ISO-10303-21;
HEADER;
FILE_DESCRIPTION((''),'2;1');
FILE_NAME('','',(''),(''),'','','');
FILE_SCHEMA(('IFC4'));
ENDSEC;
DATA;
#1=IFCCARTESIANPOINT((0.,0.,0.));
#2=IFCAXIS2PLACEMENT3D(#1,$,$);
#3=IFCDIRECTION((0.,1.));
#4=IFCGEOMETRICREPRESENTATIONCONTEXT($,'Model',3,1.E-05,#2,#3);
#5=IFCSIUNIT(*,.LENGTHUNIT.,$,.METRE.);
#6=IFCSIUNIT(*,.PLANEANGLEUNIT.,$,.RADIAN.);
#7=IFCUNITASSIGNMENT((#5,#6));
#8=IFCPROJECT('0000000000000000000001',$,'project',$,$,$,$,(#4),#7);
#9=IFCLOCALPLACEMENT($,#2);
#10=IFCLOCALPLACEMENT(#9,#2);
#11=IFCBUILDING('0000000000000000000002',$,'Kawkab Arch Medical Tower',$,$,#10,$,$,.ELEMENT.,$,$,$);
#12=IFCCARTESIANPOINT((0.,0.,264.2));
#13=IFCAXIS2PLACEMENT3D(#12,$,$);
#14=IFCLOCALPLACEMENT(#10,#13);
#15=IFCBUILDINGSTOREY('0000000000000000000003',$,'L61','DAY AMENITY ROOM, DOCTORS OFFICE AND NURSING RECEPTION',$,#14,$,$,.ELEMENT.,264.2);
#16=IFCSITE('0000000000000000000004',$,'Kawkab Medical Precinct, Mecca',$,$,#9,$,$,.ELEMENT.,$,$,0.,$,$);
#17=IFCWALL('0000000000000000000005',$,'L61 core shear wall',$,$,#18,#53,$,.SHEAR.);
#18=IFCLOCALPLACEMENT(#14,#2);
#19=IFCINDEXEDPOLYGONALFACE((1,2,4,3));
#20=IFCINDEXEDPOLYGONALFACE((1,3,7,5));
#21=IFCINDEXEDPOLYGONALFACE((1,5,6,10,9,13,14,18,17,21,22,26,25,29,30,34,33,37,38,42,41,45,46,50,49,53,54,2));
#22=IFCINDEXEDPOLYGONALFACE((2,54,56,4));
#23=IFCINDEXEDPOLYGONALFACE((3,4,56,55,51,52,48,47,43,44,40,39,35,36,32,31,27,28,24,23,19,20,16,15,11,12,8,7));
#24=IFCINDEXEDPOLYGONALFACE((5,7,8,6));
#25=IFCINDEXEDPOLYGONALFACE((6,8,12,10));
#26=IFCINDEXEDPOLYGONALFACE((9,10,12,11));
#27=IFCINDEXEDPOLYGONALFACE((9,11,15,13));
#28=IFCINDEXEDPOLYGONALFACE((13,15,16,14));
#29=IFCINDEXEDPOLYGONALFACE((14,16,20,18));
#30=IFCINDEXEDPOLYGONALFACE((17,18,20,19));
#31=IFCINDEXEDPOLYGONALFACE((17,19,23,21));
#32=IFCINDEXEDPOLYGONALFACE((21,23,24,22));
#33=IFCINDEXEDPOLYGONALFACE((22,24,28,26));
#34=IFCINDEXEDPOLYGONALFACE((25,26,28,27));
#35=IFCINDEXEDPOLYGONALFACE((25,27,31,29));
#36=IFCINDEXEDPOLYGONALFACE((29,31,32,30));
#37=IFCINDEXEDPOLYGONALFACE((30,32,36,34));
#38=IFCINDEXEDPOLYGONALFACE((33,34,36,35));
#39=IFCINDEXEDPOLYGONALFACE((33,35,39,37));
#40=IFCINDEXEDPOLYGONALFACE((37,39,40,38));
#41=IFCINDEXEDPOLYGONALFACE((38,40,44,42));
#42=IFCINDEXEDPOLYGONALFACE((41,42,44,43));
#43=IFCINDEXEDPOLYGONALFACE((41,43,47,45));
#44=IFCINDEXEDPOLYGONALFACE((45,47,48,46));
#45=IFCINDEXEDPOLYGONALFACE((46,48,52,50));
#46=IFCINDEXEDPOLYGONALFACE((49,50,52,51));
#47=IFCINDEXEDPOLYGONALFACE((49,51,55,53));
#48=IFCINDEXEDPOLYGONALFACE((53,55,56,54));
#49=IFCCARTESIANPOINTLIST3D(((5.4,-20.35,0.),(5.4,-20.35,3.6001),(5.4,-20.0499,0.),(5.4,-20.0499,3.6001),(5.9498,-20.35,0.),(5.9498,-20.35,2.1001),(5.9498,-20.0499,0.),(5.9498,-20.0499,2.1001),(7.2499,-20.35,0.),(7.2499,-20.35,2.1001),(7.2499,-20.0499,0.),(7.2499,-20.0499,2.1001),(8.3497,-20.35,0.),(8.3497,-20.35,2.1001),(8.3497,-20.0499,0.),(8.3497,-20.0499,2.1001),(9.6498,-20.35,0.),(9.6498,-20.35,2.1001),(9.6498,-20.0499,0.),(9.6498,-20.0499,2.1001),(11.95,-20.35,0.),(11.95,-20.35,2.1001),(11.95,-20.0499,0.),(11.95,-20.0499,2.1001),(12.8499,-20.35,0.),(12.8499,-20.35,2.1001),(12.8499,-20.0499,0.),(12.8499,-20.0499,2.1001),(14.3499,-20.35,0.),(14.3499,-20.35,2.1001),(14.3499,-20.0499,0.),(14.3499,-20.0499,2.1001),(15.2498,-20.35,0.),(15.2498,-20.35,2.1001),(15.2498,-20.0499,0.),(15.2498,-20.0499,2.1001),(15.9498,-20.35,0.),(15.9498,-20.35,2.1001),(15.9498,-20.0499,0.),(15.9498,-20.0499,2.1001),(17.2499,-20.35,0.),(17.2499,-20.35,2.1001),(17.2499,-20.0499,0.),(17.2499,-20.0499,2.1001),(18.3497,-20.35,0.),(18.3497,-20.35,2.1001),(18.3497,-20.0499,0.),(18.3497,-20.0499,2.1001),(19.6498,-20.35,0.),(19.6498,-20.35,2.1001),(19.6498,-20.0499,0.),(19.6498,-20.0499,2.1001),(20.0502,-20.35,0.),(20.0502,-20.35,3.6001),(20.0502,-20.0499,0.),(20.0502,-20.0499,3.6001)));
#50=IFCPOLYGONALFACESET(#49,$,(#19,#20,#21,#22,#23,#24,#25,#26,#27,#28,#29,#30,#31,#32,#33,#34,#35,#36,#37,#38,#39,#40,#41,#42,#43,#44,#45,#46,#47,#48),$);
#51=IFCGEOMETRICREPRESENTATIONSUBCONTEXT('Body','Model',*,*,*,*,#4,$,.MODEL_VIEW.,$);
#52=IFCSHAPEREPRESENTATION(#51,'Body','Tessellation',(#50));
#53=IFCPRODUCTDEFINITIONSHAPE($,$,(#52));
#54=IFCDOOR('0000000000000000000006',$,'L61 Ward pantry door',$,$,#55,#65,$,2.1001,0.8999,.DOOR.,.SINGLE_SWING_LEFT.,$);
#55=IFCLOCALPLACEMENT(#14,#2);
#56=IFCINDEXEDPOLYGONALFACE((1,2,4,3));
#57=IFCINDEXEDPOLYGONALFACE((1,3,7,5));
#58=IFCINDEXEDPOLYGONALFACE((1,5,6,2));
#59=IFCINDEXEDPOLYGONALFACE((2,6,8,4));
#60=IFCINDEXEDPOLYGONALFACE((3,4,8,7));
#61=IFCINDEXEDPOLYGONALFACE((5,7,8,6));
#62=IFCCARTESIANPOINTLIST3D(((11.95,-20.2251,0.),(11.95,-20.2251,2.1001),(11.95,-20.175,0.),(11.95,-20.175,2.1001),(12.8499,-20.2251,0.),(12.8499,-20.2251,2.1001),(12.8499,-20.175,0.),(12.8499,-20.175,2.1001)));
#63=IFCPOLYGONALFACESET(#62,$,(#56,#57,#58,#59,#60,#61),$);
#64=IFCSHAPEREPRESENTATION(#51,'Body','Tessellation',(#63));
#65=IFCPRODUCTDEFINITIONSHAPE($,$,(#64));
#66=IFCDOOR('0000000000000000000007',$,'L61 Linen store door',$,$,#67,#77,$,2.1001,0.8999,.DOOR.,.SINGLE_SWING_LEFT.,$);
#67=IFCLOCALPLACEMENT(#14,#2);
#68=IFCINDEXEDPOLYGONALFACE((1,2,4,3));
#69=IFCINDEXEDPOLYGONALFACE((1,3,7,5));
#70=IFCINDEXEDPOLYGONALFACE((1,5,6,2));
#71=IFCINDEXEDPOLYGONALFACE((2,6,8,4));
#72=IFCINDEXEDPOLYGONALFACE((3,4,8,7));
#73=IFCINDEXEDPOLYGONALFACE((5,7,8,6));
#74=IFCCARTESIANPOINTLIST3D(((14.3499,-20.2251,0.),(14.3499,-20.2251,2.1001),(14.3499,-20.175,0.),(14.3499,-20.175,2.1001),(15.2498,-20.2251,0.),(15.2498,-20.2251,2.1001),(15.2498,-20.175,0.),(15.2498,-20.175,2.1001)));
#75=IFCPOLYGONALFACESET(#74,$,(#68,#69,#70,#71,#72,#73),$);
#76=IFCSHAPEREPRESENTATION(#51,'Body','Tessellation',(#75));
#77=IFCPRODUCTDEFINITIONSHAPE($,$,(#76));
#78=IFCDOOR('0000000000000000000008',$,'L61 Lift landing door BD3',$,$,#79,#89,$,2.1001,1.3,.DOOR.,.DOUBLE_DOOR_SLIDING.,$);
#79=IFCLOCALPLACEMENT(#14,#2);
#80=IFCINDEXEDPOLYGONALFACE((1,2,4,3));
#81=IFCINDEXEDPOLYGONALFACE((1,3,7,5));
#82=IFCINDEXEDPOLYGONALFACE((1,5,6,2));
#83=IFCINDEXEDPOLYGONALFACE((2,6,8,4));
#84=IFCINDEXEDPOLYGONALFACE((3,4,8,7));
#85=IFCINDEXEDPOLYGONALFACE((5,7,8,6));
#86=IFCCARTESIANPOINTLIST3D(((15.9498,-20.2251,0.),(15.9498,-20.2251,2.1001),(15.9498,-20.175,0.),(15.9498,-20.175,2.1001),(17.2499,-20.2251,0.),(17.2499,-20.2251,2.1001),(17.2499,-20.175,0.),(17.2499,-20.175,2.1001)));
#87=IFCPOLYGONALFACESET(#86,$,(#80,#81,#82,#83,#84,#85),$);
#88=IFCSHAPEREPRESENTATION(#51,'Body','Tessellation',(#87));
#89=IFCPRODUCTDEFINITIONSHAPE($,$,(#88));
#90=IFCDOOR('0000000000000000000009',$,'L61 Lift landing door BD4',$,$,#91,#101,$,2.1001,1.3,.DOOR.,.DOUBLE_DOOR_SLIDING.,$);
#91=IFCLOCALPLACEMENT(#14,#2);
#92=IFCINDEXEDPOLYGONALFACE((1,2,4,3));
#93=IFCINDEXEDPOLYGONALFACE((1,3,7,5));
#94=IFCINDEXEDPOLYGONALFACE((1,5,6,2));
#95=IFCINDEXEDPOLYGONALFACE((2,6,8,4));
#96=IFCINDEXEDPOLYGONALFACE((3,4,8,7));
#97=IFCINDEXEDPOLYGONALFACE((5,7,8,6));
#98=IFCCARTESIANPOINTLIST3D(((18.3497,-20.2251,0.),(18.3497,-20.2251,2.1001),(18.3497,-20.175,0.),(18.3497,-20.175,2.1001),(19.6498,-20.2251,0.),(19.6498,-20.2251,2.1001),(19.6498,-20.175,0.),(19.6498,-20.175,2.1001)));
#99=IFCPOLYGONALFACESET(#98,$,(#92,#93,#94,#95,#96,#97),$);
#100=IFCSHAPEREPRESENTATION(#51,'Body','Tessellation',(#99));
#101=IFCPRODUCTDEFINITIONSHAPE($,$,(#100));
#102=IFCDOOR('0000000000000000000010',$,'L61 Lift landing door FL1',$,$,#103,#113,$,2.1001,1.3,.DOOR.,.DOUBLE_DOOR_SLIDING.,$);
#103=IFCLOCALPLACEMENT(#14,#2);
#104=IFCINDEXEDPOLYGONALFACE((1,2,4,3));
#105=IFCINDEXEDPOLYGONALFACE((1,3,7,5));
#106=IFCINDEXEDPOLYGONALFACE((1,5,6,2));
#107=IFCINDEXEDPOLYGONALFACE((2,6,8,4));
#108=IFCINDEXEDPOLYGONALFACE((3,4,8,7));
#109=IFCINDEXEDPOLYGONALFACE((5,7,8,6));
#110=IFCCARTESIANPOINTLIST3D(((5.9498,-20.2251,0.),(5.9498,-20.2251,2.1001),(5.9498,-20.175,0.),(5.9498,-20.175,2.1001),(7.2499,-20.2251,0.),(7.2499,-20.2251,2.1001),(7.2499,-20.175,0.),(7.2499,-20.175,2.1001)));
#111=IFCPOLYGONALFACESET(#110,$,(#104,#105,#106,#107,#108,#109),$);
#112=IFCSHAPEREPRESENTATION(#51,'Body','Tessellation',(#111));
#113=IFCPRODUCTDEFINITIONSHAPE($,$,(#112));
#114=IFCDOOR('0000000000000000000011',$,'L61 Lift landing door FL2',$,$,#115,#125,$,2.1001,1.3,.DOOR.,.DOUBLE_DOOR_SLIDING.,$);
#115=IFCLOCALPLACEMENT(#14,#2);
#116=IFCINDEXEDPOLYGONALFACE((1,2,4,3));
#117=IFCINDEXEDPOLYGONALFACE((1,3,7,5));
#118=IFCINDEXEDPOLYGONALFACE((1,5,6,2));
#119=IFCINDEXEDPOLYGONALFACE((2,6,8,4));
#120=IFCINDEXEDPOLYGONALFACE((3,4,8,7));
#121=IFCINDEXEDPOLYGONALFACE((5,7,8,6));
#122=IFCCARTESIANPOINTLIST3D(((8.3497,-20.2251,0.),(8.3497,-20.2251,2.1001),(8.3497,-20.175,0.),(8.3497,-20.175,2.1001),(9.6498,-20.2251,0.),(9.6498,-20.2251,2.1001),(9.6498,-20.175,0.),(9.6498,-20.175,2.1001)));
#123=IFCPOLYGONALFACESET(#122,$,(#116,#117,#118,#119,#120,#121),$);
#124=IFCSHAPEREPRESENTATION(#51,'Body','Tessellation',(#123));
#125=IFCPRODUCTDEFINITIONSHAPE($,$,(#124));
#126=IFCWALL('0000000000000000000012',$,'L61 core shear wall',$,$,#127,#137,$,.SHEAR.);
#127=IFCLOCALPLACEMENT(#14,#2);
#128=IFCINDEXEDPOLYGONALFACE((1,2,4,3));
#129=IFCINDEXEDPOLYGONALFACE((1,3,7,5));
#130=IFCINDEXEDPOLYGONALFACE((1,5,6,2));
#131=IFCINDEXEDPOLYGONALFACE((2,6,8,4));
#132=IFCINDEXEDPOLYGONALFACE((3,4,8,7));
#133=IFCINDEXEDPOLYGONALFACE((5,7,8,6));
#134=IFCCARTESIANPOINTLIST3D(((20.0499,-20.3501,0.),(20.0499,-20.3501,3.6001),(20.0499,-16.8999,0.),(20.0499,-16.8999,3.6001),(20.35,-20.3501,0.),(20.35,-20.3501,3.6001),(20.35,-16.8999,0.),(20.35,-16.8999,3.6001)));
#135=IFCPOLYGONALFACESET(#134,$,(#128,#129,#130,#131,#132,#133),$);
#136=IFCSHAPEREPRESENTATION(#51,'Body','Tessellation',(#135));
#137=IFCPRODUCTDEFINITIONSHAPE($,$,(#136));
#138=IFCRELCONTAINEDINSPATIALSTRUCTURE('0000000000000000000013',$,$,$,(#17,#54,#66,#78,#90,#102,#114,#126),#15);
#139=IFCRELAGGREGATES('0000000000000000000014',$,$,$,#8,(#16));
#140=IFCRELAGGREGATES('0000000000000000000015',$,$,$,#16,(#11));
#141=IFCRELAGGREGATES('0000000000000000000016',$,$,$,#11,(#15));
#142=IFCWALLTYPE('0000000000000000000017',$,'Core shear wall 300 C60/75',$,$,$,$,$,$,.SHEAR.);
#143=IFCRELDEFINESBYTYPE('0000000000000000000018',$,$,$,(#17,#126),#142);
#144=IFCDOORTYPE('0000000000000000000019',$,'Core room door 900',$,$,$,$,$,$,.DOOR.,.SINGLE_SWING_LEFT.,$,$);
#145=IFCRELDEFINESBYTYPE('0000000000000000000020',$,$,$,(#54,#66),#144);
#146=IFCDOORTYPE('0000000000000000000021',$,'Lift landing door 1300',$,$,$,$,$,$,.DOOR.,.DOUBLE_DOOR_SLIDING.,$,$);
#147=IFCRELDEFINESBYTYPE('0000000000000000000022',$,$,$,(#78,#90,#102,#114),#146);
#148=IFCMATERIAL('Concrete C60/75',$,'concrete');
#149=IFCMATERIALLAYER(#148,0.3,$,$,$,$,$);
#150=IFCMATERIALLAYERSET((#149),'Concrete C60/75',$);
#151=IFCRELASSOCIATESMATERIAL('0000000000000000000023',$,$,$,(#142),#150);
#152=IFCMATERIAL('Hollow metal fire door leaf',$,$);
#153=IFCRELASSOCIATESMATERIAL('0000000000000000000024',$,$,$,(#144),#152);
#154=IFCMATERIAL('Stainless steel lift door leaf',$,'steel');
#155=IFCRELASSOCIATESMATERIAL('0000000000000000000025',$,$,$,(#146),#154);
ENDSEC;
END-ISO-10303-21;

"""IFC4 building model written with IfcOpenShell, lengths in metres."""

from ifc_helpers import new_model, si_unit, direction, frame, frame_2d, origin, place, context, subcontext, project, spatial, rectangle, extrude, material, layer, layer_set, type_object, element, fill, save


model = new_model("IFC4")

# Units and contexts
model_context = context("Model", 3, precision=1e-05, world=origin(), true_north=direction((0.0, 1.0)))
body_context = subcontext(model_context, "Body", "Model", "MODEL_VIEW")
ifc_project = project(units=[si_unit("LENGTHUNIT", "METRE"), si_unit("PLANEANGLEUNIT", "RADIAN")], contexts=[model_context])

# Site, building, storey
site_placement = place(None, origin())
site = spatial("IfcSite", under=ifc_project, at=site_placement, Name="Kawkab Medical Precinct, Mecca", CompositionType="ELEMENT", RefElevation=0.0)
building_placement = place(site_placement, origin())
building = spatial("IfcBuilding", under=site, at=building_placement, Name="Kawkab Arch Medical Tower", CompositionType="ELEMENT")
storey_placement = place(building_placement, frame((0.0, 0.0, 264.2)))
storey = spatial("IfcBuildingStorey", under=building, at=storey_placement, Name="L61", Description="DAY AMENITY ROOM, DOCTORS OFFICE AND NURSING RECEPTION", CompositionType="ELEMENT", Elevation=264.2)

# Wall, openings, doors
ifc_material_1 = material(Name="Concrete C60/75", Category="concrete")
ifc_layer_1 = layer(ifc_material_1, 0.3)
ifc_layer_set_1 = layer_set([ifc_layer_1], Name="Concrete C60/75")
wall_type_1 = type_object("IfcWallType", Name="Core shear wall 300 C60/75", PredefinedType="SHEAR", material=ifc_layer_set_1)
wall_1_placement = place(storey_placement, frame((5.3999, -20.2, 0.0), z_axis=(0.0, 0.0, 1.0), x_axis=(1.0, 0.0, 0.0)))
wall_1 = element("IfcWall", 1, at=wall_1_placement, inside=storey, type_object=wall_type_1, Name="L61 core shear wall", PredefinedType="SHEAR", context=body_context, shape_type="SweptSolid", body=[
    extrude(rectangle(XDim=14.6501, YDim=0.3, at=frame_2d((7.3252, 0.0))), origin(), (0.0, 0.0, 1.0), 3.6001),
])
opening_1_placement = place(wall_1_placement, frame((10.55, 0.0, 0.0)))
opening_1 = element("IfcOpeningElement", 2, at=opening_1_placement, cuts=wall_1, PredefinedType="OPENING", context=body_context, shape_type="SweptSolid", body=[
    extrude(rectangle(XDim=1.3, YDim=2.1001, at=frame_2d((0.6499, 1.05))), frame((0.0, 0.1599, 0.0), z_axis=(0.0, -1.0, 0.0), x_axis=(1.0, 0.0, 0.0)), (0.0, 0.0, 1.0), 0.3201),
])
opening_2_placement = place(wall_1_placement, frame((12.95, 0.0, 0.0)))
opening_2 = element("IfcOpeningElement", 3, at=opening_2_placement, cuts=wall_1, PredefinedType="OPENING", context=body_context, shape_type="SweptSolid", body=[
    extrude(rectangle(XDim=1.3, YDim=2.1001, at=frame_2d((0.6499, 1.05))), frame((0.0, 0.1599, 0.0), z_axis=(0.0, -1.0, 0.0), x_axis=(1.0, 0.0, 0.0)), (0.0, 0.0, 1.0), 0.3201),
])
opening_3_placement = place(wall_1_placement, frame((0.55, 0.0, 0.0)))
opening_3 = element("IfcOpeningElement", 4, at=opening_3_placement, cuts=wall_1, PredefinedType="OPENING", context=body_context, shape_type="SweptSolid", body=[
    extrude(rectangle(XDim=1.3, YDim=2.1001, at=frame_2d((0.6499, 1.05))), frame((0.0, 0.1599, 0.0), z_axis=(0.0, -1.0, 0.0), x_axis=(1.0, 0.0, 0.0)), (0.0, 0.0, 1.0), 0.3201),
])
opening_4_placement = place(wall_1_placement, frame((2.95, 0.0, 0.0)))
opening_4 = element("IfcOpeningElement", 5, at=opening_4_placement, cuts=wall_1, PredefinedType="OPENING", context=body_context, shape_type="SweptSolid", body=[
    extrude(rectangle(XDim=1.3, YDim=2.1001, at=frame_2d((0.6499, 1.05))), frame((0.0, 0.1599, 0.0), z_axis=(0.0, -1.0, 0.0), x_axis=(1.0, 0.0, 0.0)), (0.0, 0.0, 1.0), 0.3201),
])
opening_5_placement = place(wall_1_placement, frame((6.55, 0.0, 0.0)))
opening_5 = element("IfcOpeningElement", 6, at=opening_5_placement, cuts=wall_1, PredefinedType="OPENING", context=body_context, shape_type="SweptSolid", body=[
    extrude(rectangle(XDim=0.8999, YDim=2.1001, at=frame_2d((0.45, 1.05))), frame((0.0, 0.1599, 0.0), z_axis=(0.0, -1.0, 0.0), x_axis=(1.0, 0.0, 0.0)), (0.0, 0.0, 1.0), 0.3201),
])
opening_6_placement = place(wall_1_placement, frame((8.95, 0.0, 0.0)))
opening_6 = element("IfcOpeningElement", 7, at=opening_6_placement, cuts=wall_1, PredefinedType="OPENING", context=body_context, shape_type="SweptSolid", body=[
    extrude(rectangle(XDim=0.8999, YDim=2.1001, at=frame_2d((0.45, 1.05))), frame((0.0, 0.1599, 0.0), z_axis=(0.0, -1.0, 0.0), x_axis=(1.0, 0.0, 0.0)), (0.0, 0.0, 1.0), 0.3201),
])
ifc_material_2 = material(Name="Hollow metal fire door leaf")
door_type_1 = type_object("IfcDoorType", Name="Core room door 900", OperationType="SINGLE_SWING_LEFT", PredefinedType="DOOR", material=ifc_material_2)
door_1_placement = place(opening_5_placement, origin())
door_1 = element("IfcDoor", 8, at=door_1_placement, inside=storey, type_object=door_type_1, Name="L61 Ward pantry door", OperationType="SINGLE_SWING_LEFT", OverallHeight=2.1001, OverallWidth=0.8999, PredefinedType="DOOR", context=body_context, shape_type="SweptSolid", body=[
    extrude(rectangle(XDim=0.8999, YDim=2.1001, at=frame_2d((0.45, 1.05))), frame((0.0, 0.0249, 0.0), z_axis=(0.0, -1.0, 0.0), x_axis=(1.0, 0.0, 0.0)), (0.0, 0.0, 1.0), 0.05),
])
fill(opening_5, door_1)
door_2_placement = place(opening_6_placement, origin())
door_2 = element("IfcDoor", 9, at=door_2_placement, inside=storey, type_object=door_type_1, Name="L61 Linen store door", OperationType="SINGLE_SWING_LEFT", OverallHeight=2.1001, OverallWidth=0.8999, PredefinedType="DOOR", context=body_context, shape_type="SweptSolid", body=[
    extrude(rectangle(XDim=0.8999, YDim=2.1001, at=frame_2d((0.45, 1.05))), frame((0.0, 0.0249, 0.0), z_axis=(0.0, -1.0, 0.0), x_axis=(1.0, 0.0, 0.0)), (0.0, 0.0, 1.0), 0.05),
])
fill(opening_6, door_2)
ifc_material_3 = material(Name="Stainless steel lift door leaf", Category="steel")
door_type_2 = type_object("IfcDoorType", Name="Lift landing door 1300", OperationType="DOUBLE_DOOR_SLIDING", PredefinedType="DOOR", material=ifc_material_3)
door_3_placement = place(opening_1_placement, origin())
door_3 = element("IfcDoor", 10, at=door_3_placement, inside=storey, type_object=door_type_2, Name="L61 Lift landing door BD3", OperationType="DOUBLE_DOOR_SLIDING", OverallHeight=2.1001, OverallWidth=1.3, PredefinedType="DOOR", context=body_context, shape_type="SweptSolid", body=[
    extrude(rectangle(XDim=1.3, YDim=2.1001, at=frame_2d((0.6499, 1.05))), frame((0.0, 0.0249, 0.0), z_axis=(0.0, -1.0, 0.0), x_axis=(1.0, 0.0, 0.0)), (0.0, 0.0, 1.0), 0.05),
])
fill(opening_1, door_3)
door_4_placement = place(opening_2_placement, origin())
door_4 = element("IfcDoor", 11, at=door_4_placement, inside=storey, type_object=door_type_2, Name="L61 Lift landing door BD4", OperationType="DOUBLE_DOOR_SLIDING", OverallHeight=2.1001, OverallWidth=1.3, PredefinedType="DOOR", context=body_context, shape_type="SweptSolid", body=[
    extrude(rectangle(XDim=1.3, YDim=2.1001, at=frame_2d((0.6499, 1.05))), frame((0.0, 0.0249, 0.0), z_axis=(0.0, -1.0, 0.0), x_axis=(1.0, 0.0, 0.0)), (0.0, 0.0, 1.0), 0.05),
])
fill(opening_2, door_4)
door_5_placement = place(opening_3_placement, origin())
door_5 = element("IfcDoor", 12, at=door_5_placement, inside=storey, type_object=door_type_2, Name="L61 Lift landing door FL1", OperationType="DOUBLE_DOOR_SLIDING", OverallHeight=2.1001, OverallWidth=1.3, PredefinedType="DOOR", context=body_context, shape_type="SweptSolid", body=[
    extrude(rectangle(XDim=1.3, YDim=2.1001, at=frame_2d((0.6499, 1.05))), frame((0.0, 0.0249, 0.0), z_axis=(0.0, -1.0, 0.0), x_axis=(1.0, 0.0, 0.0)), (0.0, 0.0, 1.0), 0.05),
])
fill(opening_3, door_5)
door_6_placement = place(opening_4_placement, origin())
door_6 = element("IfcDoor", 13, at=door_6_placement, inside=storey, type_object=door_type_2, Name="L61 Lift landing door FL2", OperationType="DOUBLE_DOOR_SLIDING", OverallHeight=2.1001, OverallWidth=1.3, PredefinedType="DOOR", context=body_context, shape_type="SweptSolid", body=[
    extrude(rectangle(XDim=1.3, YDim=2.1001, at=frame_2d((0.6499, 1.05))), frame((0.0, 0.0249, 0.0), z_axis=(0.0, -1.0, 0.0), x_axis=(1.0, 0.0, 0.0)), (0.0, 0.0, 1.0), 0.05),
])
fill(opening_4, door_6)

# Wall
wall_2_placement = place(storey_placement, frame((20.2, -20.3501, 0.0), z_axis=(0.0, 0.0, 1.0), x_axis=(0.0, 1.0, 0.0)))
element("IfcWall", 14, at=wall_2_placement, inside=storey, type_object=wall_type_1, Name="L61 core shear wall", PredefinedType="SHEAR", context=body_context, shape_type="SweptSolid", body=[
    extrude(rectangle(XDim=3.4502, YDim=0.3, at=frame_2d((1.7251, 0.0))), origin(), (0.0, 0.0, 1.0), 3.6001),
])

save(model, "model.ifc")
